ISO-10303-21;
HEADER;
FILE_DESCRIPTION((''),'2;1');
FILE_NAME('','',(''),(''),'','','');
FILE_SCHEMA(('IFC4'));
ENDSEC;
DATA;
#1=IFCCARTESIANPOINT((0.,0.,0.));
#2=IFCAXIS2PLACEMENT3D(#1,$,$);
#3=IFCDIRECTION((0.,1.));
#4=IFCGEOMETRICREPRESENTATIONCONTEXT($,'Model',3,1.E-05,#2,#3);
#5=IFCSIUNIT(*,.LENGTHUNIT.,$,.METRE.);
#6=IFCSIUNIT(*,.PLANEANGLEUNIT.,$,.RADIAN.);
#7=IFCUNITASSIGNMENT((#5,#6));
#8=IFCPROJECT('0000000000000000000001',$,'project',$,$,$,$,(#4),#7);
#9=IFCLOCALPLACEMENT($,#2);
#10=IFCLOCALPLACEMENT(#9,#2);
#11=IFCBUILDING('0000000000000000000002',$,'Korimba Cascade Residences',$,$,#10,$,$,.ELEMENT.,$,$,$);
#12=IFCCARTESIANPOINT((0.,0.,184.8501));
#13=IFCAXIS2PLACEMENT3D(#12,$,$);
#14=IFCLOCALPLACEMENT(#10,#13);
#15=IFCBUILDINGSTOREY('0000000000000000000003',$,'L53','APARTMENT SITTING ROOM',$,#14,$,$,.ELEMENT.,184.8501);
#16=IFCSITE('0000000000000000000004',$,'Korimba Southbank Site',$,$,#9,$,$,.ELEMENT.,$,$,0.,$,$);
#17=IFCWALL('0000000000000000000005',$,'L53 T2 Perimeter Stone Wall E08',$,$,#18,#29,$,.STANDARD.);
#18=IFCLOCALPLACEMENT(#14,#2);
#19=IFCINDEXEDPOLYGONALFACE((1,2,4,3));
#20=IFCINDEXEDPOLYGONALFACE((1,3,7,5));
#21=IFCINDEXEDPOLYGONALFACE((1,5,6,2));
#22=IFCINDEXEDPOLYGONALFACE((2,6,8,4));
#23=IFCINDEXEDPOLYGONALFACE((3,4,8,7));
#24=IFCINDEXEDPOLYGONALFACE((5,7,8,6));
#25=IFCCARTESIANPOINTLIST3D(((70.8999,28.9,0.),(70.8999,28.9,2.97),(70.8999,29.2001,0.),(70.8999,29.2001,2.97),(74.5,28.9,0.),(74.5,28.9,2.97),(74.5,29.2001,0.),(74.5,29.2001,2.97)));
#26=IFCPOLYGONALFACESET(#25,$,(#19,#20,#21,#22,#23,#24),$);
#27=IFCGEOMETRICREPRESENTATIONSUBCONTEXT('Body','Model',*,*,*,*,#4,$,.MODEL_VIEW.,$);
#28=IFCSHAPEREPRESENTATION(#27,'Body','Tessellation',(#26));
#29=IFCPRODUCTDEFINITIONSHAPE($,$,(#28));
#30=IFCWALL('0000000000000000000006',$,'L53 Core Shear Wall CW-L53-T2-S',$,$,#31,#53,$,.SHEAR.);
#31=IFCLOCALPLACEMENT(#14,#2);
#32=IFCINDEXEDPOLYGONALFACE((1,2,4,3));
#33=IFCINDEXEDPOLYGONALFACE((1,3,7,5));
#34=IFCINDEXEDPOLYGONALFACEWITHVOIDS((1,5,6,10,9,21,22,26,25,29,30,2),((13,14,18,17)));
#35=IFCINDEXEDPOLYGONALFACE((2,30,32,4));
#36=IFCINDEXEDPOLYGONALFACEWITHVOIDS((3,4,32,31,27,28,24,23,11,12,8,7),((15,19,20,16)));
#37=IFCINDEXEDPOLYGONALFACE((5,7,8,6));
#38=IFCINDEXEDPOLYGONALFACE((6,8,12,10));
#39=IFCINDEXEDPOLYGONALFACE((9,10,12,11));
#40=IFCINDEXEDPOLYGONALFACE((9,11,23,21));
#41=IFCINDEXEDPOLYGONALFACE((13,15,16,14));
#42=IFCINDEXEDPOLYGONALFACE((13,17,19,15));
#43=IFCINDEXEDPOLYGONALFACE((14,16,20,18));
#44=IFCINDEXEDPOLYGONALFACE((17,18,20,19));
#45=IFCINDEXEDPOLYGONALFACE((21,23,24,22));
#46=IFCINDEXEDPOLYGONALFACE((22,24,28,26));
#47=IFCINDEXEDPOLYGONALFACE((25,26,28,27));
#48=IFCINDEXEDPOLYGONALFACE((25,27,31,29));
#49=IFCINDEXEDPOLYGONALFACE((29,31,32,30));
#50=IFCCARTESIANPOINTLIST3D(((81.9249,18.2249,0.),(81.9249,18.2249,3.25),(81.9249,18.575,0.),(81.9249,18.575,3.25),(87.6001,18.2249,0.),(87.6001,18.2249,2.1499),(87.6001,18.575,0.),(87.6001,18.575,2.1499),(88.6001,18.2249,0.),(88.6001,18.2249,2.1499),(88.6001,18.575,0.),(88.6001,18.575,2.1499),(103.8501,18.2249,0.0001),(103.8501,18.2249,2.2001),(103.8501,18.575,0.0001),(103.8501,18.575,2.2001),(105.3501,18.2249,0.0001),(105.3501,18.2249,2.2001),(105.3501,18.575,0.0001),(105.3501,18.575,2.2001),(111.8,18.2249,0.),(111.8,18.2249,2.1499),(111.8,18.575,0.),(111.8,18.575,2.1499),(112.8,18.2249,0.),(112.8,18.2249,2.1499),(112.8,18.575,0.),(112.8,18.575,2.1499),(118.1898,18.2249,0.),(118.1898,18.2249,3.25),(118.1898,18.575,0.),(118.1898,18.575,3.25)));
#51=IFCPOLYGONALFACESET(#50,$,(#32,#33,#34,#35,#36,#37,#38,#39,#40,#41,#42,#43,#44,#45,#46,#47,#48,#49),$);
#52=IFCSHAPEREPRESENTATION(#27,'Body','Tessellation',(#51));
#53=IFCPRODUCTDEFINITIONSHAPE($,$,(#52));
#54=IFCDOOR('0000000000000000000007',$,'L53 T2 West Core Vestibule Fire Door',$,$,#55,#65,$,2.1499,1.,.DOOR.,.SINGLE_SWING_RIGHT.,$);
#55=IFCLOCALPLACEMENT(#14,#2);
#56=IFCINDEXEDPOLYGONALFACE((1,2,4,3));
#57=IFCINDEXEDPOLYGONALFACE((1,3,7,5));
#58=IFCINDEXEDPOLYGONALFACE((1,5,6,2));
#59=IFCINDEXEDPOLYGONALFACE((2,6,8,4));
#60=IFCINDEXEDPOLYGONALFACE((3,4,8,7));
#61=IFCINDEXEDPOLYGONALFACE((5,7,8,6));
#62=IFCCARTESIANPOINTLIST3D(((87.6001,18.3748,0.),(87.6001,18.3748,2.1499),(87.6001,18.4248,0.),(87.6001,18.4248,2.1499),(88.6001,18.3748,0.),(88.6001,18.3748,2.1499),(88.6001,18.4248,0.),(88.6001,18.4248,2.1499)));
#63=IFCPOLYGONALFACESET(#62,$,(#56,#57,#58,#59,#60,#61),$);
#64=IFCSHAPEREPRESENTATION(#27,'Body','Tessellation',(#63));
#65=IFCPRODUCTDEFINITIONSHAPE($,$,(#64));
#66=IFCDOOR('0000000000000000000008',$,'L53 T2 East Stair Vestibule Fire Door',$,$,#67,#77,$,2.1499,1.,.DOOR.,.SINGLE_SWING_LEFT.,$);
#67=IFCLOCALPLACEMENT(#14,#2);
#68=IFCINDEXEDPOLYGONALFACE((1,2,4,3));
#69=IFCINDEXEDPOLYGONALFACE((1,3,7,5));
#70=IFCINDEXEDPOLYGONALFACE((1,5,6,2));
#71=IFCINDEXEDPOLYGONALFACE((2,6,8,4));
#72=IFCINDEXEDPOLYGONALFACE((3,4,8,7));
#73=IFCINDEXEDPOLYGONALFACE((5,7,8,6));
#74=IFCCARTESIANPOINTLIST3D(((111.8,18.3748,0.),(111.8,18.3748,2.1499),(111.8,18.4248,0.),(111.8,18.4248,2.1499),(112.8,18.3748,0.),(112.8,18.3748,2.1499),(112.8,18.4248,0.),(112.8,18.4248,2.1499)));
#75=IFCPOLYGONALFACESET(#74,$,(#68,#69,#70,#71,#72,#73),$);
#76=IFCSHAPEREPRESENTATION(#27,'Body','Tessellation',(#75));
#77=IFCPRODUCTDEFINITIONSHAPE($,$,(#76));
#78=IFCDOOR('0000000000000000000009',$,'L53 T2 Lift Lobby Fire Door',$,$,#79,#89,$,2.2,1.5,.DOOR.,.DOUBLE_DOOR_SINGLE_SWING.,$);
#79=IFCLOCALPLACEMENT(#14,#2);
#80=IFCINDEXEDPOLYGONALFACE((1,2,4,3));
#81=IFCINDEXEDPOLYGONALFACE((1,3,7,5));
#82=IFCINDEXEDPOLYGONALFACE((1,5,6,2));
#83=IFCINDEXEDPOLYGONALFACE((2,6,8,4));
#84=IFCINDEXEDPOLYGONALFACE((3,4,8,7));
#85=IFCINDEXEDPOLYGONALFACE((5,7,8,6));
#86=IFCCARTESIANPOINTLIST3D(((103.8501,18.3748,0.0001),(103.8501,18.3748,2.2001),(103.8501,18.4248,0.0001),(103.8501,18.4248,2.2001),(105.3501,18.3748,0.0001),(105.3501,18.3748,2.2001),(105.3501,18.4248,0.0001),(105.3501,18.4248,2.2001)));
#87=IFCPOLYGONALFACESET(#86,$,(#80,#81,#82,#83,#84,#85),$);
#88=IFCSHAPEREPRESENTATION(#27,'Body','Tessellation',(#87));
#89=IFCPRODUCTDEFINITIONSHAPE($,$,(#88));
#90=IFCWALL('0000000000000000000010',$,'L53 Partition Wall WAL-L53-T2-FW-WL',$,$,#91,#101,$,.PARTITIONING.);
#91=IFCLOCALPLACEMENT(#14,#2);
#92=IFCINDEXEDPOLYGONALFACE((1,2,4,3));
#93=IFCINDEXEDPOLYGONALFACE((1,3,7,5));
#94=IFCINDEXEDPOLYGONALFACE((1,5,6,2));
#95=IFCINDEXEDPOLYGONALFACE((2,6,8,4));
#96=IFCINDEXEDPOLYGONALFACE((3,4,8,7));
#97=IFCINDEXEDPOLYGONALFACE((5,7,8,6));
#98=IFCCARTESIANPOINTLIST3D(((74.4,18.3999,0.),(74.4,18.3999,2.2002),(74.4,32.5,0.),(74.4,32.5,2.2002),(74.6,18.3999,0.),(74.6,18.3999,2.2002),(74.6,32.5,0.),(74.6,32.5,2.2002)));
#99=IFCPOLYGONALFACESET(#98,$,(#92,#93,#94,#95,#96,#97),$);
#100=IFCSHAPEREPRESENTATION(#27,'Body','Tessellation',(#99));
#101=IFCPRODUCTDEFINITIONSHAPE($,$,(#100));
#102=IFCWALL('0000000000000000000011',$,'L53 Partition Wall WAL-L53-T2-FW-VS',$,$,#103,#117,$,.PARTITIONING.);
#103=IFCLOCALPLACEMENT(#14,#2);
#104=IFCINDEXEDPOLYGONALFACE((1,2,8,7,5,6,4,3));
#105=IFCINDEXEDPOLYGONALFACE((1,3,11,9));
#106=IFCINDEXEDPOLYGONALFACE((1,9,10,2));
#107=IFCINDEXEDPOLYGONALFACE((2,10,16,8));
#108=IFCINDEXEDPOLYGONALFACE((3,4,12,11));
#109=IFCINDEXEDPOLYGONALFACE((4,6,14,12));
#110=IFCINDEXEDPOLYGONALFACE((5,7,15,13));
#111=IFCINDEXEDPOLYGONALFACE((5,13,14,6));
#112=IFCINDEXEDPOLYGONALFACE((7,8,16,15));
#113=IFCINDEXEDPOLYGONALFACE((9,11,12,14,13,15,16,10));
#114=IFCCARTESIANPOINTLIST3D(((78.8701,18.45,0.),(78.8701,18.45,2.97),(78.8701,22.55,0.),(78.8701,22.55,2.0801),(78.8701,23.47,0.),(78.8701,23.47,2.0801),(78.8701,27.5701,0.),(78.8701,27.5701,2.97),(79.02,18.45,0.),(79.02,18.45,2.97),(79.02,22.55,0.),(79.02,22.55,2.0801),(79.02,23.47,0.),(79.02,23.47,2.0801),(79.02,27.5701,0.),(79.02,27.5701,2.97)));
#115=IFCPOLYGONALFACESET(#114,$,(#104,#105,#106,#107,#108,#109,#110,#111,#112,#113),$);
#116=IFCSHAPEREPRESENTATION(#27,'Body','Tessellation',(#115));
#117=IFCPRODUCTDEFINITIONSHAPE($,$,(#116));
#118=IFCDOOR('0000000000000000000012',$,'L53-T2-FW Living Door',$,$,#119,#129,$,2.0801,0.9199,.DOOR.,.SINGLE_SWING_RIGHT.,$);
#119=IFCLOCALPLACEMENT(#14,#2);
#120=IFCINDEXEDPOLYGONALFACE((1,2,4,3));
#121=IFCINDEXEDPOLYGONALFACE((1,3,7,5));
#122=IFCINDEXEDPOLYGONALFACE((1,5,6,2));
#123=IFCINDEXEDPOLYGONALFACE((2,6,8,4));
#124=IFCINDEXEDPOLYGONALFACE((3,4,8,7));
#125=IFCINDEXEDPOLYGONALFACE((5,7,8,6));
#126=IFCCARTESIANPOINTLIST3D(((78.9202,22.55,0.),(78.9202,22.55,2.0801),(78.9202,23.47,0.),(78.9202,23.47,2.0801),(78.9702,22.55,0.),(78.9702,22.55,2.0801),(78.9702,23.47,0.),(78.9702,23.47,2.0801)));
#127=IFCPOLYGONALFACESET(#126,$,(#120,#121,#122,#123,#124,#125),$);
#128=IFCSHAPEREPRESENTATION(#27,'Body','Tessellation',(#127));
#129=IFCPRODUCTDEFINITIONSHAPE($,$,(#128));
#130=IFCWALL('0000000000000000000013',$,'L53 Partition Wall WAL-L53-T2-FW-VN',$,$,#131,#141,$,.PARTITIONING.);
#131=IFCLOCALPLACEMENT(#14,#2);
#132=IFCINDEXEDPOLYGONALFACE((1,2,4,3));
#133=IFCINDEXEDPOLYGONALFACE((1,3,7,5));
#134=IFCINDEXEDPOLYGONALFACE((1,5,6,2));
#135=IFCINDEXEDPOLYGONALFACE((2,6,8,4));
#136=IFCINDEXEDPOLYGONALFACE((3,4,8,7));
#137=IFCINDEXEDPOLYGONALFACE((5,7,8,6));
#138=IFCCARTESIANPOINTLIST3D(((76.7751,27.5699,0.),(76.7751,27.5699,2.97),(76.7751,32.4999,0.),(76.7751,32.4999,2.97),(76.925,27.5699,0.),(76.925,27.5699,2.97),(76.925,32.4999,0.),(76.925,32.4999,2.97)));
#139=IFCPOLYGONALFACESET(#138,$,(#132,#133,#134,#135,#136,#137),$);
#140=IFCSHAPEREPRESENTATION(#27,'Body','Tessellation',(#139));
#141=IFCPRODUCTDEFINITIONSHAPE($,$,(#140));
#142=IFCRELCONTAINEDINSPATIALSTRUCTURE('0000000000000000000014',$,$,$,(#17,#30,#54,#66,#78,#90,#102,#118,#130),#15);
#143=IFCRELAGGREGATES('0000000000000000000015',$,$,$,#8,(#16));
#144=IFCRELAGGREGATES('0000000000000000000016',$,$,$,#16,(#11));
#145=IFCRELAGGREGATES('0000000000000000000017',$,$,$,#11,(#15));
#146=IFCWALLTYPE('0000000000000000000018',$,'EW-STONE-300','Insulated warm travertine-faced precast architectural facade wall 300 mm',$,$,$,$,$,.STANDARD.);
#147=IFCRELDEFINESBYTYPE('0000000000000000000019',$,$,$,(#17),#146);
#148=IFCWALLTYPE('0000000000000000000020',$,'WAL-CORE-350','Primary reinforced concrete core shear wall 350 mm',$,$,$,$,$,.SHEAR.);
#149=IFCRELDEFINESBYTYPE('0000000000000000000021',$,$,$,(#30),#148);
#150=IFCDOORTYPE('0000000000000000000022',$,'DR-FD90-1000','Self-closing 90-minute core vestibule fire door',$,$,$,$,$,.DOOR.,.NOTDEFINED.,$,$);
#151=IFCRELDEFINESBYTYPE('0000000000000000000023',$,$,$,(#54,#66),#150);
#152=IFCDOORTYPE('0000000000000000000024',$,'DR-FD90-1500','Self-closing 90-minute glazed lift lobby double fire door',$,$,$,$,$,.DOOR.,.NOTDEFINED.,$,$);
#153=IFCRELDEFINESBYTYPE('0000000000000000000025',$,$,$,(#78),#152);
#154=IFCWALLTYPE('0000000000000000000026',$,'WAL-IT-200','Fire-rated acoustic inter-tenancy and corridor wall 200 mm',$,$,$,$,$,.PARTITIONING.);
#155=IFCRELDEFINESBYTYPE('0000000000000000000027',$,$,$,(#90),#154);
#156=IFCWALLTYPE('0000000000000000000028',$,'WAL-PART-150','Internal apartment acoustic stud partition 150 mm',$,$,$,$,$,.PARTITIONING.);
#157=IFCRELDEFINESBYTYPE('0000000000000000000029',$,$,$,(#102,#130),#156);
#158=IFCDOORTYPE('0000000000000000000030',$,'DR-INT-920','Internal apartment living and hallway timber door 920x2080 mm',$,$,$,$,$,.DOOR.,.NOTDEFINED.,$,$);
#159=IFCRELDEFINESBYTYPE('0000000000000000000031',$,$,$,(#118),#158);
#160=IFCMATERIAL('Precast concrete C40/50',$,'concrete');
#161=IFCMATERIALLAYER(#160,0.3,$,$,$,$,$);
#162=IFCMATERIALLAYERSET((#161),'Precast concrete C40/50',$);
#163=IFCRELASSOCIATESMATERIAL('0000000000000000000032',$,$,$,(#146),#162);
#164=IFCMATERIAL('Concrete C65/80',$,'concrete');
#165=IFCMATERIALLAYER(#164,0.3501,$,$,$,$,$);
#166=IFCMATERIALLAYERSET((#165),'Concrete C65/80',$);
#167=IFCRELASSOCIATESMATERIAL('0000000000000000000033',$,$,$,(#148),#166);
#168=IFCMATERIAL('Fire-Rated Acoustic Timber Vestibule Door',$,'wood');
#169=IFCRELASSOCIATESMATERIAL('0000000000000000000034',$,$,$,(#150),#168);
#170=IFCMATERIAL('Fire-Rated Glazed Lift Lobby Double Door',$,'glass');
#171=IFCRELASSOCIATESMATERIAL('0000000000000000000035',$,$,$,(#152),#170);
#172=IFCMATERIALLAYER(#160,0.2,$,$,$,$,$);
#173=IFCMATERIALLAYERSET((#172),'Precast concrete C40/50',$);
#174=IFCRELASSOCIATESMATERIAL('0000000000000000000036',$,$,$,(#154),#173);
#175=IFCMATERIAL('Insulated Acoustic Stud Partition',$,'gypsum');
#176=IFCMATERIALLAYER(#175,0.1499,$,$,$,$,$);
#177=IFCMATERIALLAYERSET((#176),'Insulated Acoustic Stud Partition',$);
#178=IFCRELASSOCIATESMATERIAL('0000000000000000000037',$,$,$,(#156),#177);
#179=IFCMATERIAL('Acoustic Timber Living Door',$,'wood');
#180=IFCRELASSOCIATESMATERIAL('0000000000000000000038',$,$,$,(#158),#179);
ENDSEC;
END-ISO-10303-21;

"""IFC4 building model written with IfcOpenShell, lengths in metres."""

from ifc_helpers import new_model, si_unit, direction, frame, frame_2d, origin, place, context, subcontext, project, spatial, rectangle, extrude, material, layer, layer_set, type_object, element, fill, save


model = new_model("IFC4")

# Units and contexts
model_context = context("Model", 3, precision=1e-05, world=origin(), true_north=direction((0.0, 1.0)))
body_context = subcontext(model_context, "Body", "Model", "MODEL_VIEW")
ifc_project = project(units=[si_unit("LENGTHUNIT", "METRE"), si_unit("PLANEANGLEUNIT", "RADIAN")], contexts=[model_context])

# Site, building, storey
site_placement = place(None, origin())
site = spatial("IfcSite", under=ifc_project, at=site_placement, Name="Korimba Southbank Site", CompositionType="ELEMENT", RefElevation=0.0)
building_placement = place(site_placement, origin())
building = spatial("IfcBuilding", under=site, at=building_placement, Name="Korimba Cascade Residences", CompositionType="ELEMENT")
storey_placement = place(building_placement, frame((0.0, 0.0, 184.8501)))
storey = spatial("IfcBuildingStorey", under=building, at=storey_placement, Name="L53", Description="APARTMENT SITTING ROOM", CompositionType="ELEMENT", Elevation=184.8501)

# Wall
ifc_material_1 = material(Name="Precast concrete C40/50", Category="concrete")
ifc_layer_1 = layer(ifc_material_1, 0.3)
ifc_layer_set_1 = layer_set([ifc_layer_1], Name="Precast concrete C40/50")
wall_type_1 = type_object("IfcWallType", Name="EW-STONE-300", Description="Insulated warm travertine-faced precast architectural facade wall 300 mm", PredefinedType="STANDARD", material=ifc_layer_set_1)
wall_1_placement = place(storey_placement, frame((74.5, 29.05, 0.0), z_axis=(0.0, 0.0, 1.0), x_axis=(-1.0, 0.0, 0.0)))
element("IfcWall", 1, at=wall_1_placement, inside=storey, type_object=wall_type_1, Name="L53 T2 Perimeter Stone Wall E08", PredefinedType="STANDARD", context=body_context, shape_type="SweptSolid", body=[
    extrude(rectangle(XDim=3.6001, YDim=0.3, at=frame_2d((1.8, 0.0))), origin(), (0.0, 0.0, 1.0), 2.97),
])

# Wall, openings, doors
ifc_material_2 = material(Name="Concrete C65/80", Category="concrete")
ifc_layer_2 = layer(ifc_material_2, 0.3501)
ifc_layer_set_2 = layer_set([ifc_layer_2], Name="Concrete C65/80")
wall_type_2 = type_object("IfcWallType", Name="WAL-CORE-350", Description="Primary reinforced concrete core shear wall 350 mm", PredefinedType="SHEAR", material=ifc_layer_set_2)
wall_2_placement = place(storey_placement, frame((81.925, 18.3999, 0.0), z_axis=(0.0, 0.0, 1.0), x_axis=(1.0, 0.0, 0.0)))
wall_2 = element("IfcWall", 2, at=wall_2_placement, inside=storey, type_object=wall_type_2, Name="L53 Core Shear Wall CW-L53-T2-S", PredefinedType="SHEAR", context=body_context, shape_type="SweptSolid", body=[
    extrude(rectangle(XDim=36.2649, YDim=0.3501, at=frame_2d((18.1323, 0.0))), origin(), (0.0, 0.0, 1.0), 3.25),
])
opening_1_placement = place(wall_2_placement, frame((5.675, 0.0, 0.0)))
opening_1 = element("IfcOpeningElement", 3, at=opening_1_placement, cuts=wall_2, PredefinedType="OPENING", context=body_context, shape_type="SweptSolid", body=[
    extrude(rectangle(XDim=1.0, YDim=2.1499, at=frame_2d((0.5, 1.075))), frame((0.0, 0.1851, 0.0), z_axis=(0.0, -1.0, 0.0), x_axis=(1.0, 0.0, 0.0)), (0.0, 0.0, 1.0), 0.3701),
])
opening_2_placement = place(wall_2_placement, frame((21.925, 0.0, 0.0)))
opening_2 = element("IfcOpeningElement", 4, at=opening_2_placement, cuts=wall_2, PredefinedType="OPENING", context=body_context, shape_type="SweptSolid", body=[
    extrude(rectangle(XDim=1.5, YDim=2.2, at=frame_2d((0.75, 1.1001))), frame((0.0, 0.1851, 0.0), z_axis=(0.0, -1.0, 0.0), x_axis=(1.0, 0.0, 0.0)), (0.0, 0.0, 1.0), 0.3701),
])
opening_3_placement = place(wall_2_placement, frame((29.875, 0.0, 0.0)))
opening_3 = element("IfcOpeningElement", 5, at=opening_3_placement, cuts=wall_2, PredefinedType="OPENING", context=body_context, shape_type="SweptSolid", body=[
    extrude(rectangle(XDim=1.0, YDim=2.1499, at=frame_2d((0.5, 1.075))), frame((0.0, 0.1851, 0.0), z_axis=(0.0, -1.0, 0.0), x_axis=(1.0, 0.0, 0.0)), (0.0, 0.0, 1.0), 0.3701),
])
ifc_material_3 = material(Name="Fire-Rated Acoustic Timber Vestibule Door", Category="wood")
door_type_1 = type_object("IfcDoorType", Name="DR-FD90-1000", Description="Self-closing 90-minute core vestibule fire door", OperationType="NOTDEFINED", PredefinedType="DOOR", material=ifc_material_3)
door_1_placement = place(opening_1_placement, origin())
door_1 = element("IfcDoor", 6, at=door_1_placement, inside=storey, type_object=door_type_1, Name="L53 T2 West Core Vestibule Fire Door", OperationType="SINGLE_SWING_RIGHT", OverallHeight=2.1499, OverallWidth=1.0, PredefinedType="DOOR", context=body_context, shape_type="SweptSolid", body=[
    extrude(rectangle(XDim=1.0, YDim=2.1499, at=frame_2d((0.5, 1.075))), frame((0.0, 0.0249, 0.0), z_axis=(0.0, -1.0, 0.0), x_axis=(1.0, 0.0, 0.0)), (0.0, 0.0, 1.0), 0.05),
])
fill(opening_1, door_1)
door_2_placement = place(opening_3_placement, origin())
door_2 = element("IfcDoor", 7, at=door_2_placement, inside=storey, type_object=door_type_1, Name="L53 T2 East Stair Vestibule Fire Door", OperationType="SINGLE_SWING_LEFT", OverallHeight=2.1499, OverallWidth=1.0, PredefinedType="DOOR", context=body_context, shape_type="SweptSolid", body=[
    extrude(rectangle(XDim=1.0, YDim=2.1499, at=frame_2d((0.5, 1.075))), frame((0.0, 0.0249, 0.0), z_axis=(0.0, -1.0, 0.0), x_axis=(1.0, 0.0, 0.0)), (0.0, 0.0, 1.0), 0.05),
])
fill(opening_3, door_2)
ifc_material_4 = material(Name="Fire-Rated Glazed Lift Lobby Double Door", Category="glass")
door_type_2 = type_object("IfcDoorType", Name="DR-FD90-1500", Description="Self-closing 90-minute glazed lift lobby double fire door", OperationType="NOTDEFINED", PredefinedType="DOOR", material=ifc_material_4)
door_3_placement = place(opening_2_placement, origin())
door_3 = element("IfcDoor", 8, at=door_3_placement, inside=storey, type_object=door_type_2, Name="L53 T2 Lift Lobby Fire Door", OperationType="DOUBLE_DOOR_SINGLE_SWING", OverallHeight=2.2, OverallWidth=1.5, PredefinedType="DOOR", context=body_context, shape_type="SweptSolid", body=[
    extrude(rectangle(XDim=1.5, YDim=2.2, at=frame_2d((0.75, 1.1001))), frame((0.0, 0.0249, 0.0), z_axis=(0.0, -1.0, 0.0), x_axis=(1.0, 0.0, 0.0)), (0.0, 0.0, 1.0), 0.05),
])
fill(opening_2, door_3)

# Wall
ifc_layer_3 = layer(ifc_material_1, 0.2)
ifc_layer_set_3 = layer_set([ifc_layer_3], Name="Precast concrete C40/50")
wall_type_3 = type_object("IfcWallType", Name="WAL-IT-200", Description="Fire-rated acoustic inter-tenancy and corridor wall 200 mm", PredefinedType="PARTITIONING", material=ifc_layer_set_3)
wall_3_placement = place(storey_placement, frame((74.5, 18.3999, 0.0), z_axis=(0.0, 0.0, 1.0), x_axis=(0.0, 1.0, 0.0)))
element("IfcWall", 9, at=wall_3_placement, inside=storey, type_object=wall_type_3, Name="L53 Partition Wall WAL-L53-T2-FW-WL", PredefinedType="PARTITIONING", context=body_context, shape_type="SweptSolid", body=[
    extrude(rectangle(XDim=14.1001, YDim=0.2, at=frame_2d((7.05, 0.0))), origin(), (0.0, 0.0, 1.0), 2.2002),
])

# Wall, opening, door
ifc_material_5 = material(Name="Insulated Acoustic Stud Partition", Category="gypsum")
ifc_layer_4 = layer(ifc_material_5, 0.1499)
ifc_layer_set_4 = layer_set([ifc_layer_4], Name="Insulated Acoustic Stud Partition")
wall_type_4 = type_object("IfcWallType", Name="WAL-PART-150", Description="Internal apartment acoustic stud partition 150 mm", PredefinedType="PARTITIONING", material=ifc_layer_set_4)
wall_4_placement = place(storey_placement, frame((78.9451, 18.45, 0.0), z_axis=(0.0, 0.0, 1.0), x_axis=(0.0, 1.0, 0.0)))
wall_4 = element("IfcWall", 10, at=wall_4_placement, inside=storey, type_object=wall_type_4, Name="L53 Partition Wall WAL-L53-T2-FW-VS", PredefinedType="PARTITIONING", context=body_context, shape_type="SweptSolid", body=[
    extrude(rectangle(XDim=9.1201, YDim=0.1499, at=frame_2d((4.5601, 0.0))), origin(), (0.0, 0.0, 1.0), 2.97),
])
opening_4_placement = place(wall_4_placement, frame((4.1001, 0.0, 0.0)))
opening_4 = element("IfcOpeningElement", 11, at=opening_4_placement, cuts=wall_4, PredefinedType="OPENING", context=body_context, shape_type="SweptSolid", body=[
    extrude(rectangle(XDim=0.9199, YDim=2.0801, at=frame_2d((0.46, 1.04))), frame((0.0, 0.085, 0.0), z_axis=(0.0, -1.0, 0.0), x_axis=(1.0, 0.0, 0.0)), (0.0, 0.0, 1.0), 0.1699),
])
ifc_material_6 = material(Name="Acoustic Timber Living Door", Category="wood")
door_type_3 = type_object("IfcDoorType", Name="DR-INT-920", Description="Internal apartment living and hallway timber door 920x2080 mm", OperationType="NOTDEFINED", PredefinedType="DOOR", material=ifc_material_6)
door_4_placement = place(opening_4_placement, origin())
door_4 = element("IfcDoor", 12, at=door_4_placement, inside=storey, type_object=door_type_3, Name="L53-T2-FW Living Door", OperationType="SINGLE_SWING_RIGHT", OverallHeight=2.0801, OverallWidth=0.9199, PredefinedType="DOOR", context=body_context, shape_type="SweptSolid", body=[
    extrude(rectangle(XDim=0.9199, YDim=2.0801, at=frame_2d((0.46, 1.04))), frame((0.0, 0.0249, 0.0), z_axis=(0.0, -1.0, 0.0), x_axis=(1.0, 0.0, 0.0)), (0.0, 0.0, 1.0), 0.05),
])
fill(opening_4, door_4)

# Wall
wall_5_placement = place(storey_placement, frame((76.8501, 27.5701, 0.0), z_axis=(0.0, 0.0, 1.0), x_axis=(0.0, 1.0, 0.0)))
element("IfcWall", 13, at=wall_5_placement, inside=storey, type_object=wall_type_4, Name="L53 Partition Wall WAL-L53-T2-FW-VN", PredefinedType="PARTITIONING", context=body_context, shape_type="SweptSolid", body=[
    extrude(rectangle(XDim=4.9299, YDim=0.1499, at=frame_2d((2.4648, 0.0))), origin(), (0.0, 0.0, 1.0), 2.97),
])

save(model, "model.ifc")
